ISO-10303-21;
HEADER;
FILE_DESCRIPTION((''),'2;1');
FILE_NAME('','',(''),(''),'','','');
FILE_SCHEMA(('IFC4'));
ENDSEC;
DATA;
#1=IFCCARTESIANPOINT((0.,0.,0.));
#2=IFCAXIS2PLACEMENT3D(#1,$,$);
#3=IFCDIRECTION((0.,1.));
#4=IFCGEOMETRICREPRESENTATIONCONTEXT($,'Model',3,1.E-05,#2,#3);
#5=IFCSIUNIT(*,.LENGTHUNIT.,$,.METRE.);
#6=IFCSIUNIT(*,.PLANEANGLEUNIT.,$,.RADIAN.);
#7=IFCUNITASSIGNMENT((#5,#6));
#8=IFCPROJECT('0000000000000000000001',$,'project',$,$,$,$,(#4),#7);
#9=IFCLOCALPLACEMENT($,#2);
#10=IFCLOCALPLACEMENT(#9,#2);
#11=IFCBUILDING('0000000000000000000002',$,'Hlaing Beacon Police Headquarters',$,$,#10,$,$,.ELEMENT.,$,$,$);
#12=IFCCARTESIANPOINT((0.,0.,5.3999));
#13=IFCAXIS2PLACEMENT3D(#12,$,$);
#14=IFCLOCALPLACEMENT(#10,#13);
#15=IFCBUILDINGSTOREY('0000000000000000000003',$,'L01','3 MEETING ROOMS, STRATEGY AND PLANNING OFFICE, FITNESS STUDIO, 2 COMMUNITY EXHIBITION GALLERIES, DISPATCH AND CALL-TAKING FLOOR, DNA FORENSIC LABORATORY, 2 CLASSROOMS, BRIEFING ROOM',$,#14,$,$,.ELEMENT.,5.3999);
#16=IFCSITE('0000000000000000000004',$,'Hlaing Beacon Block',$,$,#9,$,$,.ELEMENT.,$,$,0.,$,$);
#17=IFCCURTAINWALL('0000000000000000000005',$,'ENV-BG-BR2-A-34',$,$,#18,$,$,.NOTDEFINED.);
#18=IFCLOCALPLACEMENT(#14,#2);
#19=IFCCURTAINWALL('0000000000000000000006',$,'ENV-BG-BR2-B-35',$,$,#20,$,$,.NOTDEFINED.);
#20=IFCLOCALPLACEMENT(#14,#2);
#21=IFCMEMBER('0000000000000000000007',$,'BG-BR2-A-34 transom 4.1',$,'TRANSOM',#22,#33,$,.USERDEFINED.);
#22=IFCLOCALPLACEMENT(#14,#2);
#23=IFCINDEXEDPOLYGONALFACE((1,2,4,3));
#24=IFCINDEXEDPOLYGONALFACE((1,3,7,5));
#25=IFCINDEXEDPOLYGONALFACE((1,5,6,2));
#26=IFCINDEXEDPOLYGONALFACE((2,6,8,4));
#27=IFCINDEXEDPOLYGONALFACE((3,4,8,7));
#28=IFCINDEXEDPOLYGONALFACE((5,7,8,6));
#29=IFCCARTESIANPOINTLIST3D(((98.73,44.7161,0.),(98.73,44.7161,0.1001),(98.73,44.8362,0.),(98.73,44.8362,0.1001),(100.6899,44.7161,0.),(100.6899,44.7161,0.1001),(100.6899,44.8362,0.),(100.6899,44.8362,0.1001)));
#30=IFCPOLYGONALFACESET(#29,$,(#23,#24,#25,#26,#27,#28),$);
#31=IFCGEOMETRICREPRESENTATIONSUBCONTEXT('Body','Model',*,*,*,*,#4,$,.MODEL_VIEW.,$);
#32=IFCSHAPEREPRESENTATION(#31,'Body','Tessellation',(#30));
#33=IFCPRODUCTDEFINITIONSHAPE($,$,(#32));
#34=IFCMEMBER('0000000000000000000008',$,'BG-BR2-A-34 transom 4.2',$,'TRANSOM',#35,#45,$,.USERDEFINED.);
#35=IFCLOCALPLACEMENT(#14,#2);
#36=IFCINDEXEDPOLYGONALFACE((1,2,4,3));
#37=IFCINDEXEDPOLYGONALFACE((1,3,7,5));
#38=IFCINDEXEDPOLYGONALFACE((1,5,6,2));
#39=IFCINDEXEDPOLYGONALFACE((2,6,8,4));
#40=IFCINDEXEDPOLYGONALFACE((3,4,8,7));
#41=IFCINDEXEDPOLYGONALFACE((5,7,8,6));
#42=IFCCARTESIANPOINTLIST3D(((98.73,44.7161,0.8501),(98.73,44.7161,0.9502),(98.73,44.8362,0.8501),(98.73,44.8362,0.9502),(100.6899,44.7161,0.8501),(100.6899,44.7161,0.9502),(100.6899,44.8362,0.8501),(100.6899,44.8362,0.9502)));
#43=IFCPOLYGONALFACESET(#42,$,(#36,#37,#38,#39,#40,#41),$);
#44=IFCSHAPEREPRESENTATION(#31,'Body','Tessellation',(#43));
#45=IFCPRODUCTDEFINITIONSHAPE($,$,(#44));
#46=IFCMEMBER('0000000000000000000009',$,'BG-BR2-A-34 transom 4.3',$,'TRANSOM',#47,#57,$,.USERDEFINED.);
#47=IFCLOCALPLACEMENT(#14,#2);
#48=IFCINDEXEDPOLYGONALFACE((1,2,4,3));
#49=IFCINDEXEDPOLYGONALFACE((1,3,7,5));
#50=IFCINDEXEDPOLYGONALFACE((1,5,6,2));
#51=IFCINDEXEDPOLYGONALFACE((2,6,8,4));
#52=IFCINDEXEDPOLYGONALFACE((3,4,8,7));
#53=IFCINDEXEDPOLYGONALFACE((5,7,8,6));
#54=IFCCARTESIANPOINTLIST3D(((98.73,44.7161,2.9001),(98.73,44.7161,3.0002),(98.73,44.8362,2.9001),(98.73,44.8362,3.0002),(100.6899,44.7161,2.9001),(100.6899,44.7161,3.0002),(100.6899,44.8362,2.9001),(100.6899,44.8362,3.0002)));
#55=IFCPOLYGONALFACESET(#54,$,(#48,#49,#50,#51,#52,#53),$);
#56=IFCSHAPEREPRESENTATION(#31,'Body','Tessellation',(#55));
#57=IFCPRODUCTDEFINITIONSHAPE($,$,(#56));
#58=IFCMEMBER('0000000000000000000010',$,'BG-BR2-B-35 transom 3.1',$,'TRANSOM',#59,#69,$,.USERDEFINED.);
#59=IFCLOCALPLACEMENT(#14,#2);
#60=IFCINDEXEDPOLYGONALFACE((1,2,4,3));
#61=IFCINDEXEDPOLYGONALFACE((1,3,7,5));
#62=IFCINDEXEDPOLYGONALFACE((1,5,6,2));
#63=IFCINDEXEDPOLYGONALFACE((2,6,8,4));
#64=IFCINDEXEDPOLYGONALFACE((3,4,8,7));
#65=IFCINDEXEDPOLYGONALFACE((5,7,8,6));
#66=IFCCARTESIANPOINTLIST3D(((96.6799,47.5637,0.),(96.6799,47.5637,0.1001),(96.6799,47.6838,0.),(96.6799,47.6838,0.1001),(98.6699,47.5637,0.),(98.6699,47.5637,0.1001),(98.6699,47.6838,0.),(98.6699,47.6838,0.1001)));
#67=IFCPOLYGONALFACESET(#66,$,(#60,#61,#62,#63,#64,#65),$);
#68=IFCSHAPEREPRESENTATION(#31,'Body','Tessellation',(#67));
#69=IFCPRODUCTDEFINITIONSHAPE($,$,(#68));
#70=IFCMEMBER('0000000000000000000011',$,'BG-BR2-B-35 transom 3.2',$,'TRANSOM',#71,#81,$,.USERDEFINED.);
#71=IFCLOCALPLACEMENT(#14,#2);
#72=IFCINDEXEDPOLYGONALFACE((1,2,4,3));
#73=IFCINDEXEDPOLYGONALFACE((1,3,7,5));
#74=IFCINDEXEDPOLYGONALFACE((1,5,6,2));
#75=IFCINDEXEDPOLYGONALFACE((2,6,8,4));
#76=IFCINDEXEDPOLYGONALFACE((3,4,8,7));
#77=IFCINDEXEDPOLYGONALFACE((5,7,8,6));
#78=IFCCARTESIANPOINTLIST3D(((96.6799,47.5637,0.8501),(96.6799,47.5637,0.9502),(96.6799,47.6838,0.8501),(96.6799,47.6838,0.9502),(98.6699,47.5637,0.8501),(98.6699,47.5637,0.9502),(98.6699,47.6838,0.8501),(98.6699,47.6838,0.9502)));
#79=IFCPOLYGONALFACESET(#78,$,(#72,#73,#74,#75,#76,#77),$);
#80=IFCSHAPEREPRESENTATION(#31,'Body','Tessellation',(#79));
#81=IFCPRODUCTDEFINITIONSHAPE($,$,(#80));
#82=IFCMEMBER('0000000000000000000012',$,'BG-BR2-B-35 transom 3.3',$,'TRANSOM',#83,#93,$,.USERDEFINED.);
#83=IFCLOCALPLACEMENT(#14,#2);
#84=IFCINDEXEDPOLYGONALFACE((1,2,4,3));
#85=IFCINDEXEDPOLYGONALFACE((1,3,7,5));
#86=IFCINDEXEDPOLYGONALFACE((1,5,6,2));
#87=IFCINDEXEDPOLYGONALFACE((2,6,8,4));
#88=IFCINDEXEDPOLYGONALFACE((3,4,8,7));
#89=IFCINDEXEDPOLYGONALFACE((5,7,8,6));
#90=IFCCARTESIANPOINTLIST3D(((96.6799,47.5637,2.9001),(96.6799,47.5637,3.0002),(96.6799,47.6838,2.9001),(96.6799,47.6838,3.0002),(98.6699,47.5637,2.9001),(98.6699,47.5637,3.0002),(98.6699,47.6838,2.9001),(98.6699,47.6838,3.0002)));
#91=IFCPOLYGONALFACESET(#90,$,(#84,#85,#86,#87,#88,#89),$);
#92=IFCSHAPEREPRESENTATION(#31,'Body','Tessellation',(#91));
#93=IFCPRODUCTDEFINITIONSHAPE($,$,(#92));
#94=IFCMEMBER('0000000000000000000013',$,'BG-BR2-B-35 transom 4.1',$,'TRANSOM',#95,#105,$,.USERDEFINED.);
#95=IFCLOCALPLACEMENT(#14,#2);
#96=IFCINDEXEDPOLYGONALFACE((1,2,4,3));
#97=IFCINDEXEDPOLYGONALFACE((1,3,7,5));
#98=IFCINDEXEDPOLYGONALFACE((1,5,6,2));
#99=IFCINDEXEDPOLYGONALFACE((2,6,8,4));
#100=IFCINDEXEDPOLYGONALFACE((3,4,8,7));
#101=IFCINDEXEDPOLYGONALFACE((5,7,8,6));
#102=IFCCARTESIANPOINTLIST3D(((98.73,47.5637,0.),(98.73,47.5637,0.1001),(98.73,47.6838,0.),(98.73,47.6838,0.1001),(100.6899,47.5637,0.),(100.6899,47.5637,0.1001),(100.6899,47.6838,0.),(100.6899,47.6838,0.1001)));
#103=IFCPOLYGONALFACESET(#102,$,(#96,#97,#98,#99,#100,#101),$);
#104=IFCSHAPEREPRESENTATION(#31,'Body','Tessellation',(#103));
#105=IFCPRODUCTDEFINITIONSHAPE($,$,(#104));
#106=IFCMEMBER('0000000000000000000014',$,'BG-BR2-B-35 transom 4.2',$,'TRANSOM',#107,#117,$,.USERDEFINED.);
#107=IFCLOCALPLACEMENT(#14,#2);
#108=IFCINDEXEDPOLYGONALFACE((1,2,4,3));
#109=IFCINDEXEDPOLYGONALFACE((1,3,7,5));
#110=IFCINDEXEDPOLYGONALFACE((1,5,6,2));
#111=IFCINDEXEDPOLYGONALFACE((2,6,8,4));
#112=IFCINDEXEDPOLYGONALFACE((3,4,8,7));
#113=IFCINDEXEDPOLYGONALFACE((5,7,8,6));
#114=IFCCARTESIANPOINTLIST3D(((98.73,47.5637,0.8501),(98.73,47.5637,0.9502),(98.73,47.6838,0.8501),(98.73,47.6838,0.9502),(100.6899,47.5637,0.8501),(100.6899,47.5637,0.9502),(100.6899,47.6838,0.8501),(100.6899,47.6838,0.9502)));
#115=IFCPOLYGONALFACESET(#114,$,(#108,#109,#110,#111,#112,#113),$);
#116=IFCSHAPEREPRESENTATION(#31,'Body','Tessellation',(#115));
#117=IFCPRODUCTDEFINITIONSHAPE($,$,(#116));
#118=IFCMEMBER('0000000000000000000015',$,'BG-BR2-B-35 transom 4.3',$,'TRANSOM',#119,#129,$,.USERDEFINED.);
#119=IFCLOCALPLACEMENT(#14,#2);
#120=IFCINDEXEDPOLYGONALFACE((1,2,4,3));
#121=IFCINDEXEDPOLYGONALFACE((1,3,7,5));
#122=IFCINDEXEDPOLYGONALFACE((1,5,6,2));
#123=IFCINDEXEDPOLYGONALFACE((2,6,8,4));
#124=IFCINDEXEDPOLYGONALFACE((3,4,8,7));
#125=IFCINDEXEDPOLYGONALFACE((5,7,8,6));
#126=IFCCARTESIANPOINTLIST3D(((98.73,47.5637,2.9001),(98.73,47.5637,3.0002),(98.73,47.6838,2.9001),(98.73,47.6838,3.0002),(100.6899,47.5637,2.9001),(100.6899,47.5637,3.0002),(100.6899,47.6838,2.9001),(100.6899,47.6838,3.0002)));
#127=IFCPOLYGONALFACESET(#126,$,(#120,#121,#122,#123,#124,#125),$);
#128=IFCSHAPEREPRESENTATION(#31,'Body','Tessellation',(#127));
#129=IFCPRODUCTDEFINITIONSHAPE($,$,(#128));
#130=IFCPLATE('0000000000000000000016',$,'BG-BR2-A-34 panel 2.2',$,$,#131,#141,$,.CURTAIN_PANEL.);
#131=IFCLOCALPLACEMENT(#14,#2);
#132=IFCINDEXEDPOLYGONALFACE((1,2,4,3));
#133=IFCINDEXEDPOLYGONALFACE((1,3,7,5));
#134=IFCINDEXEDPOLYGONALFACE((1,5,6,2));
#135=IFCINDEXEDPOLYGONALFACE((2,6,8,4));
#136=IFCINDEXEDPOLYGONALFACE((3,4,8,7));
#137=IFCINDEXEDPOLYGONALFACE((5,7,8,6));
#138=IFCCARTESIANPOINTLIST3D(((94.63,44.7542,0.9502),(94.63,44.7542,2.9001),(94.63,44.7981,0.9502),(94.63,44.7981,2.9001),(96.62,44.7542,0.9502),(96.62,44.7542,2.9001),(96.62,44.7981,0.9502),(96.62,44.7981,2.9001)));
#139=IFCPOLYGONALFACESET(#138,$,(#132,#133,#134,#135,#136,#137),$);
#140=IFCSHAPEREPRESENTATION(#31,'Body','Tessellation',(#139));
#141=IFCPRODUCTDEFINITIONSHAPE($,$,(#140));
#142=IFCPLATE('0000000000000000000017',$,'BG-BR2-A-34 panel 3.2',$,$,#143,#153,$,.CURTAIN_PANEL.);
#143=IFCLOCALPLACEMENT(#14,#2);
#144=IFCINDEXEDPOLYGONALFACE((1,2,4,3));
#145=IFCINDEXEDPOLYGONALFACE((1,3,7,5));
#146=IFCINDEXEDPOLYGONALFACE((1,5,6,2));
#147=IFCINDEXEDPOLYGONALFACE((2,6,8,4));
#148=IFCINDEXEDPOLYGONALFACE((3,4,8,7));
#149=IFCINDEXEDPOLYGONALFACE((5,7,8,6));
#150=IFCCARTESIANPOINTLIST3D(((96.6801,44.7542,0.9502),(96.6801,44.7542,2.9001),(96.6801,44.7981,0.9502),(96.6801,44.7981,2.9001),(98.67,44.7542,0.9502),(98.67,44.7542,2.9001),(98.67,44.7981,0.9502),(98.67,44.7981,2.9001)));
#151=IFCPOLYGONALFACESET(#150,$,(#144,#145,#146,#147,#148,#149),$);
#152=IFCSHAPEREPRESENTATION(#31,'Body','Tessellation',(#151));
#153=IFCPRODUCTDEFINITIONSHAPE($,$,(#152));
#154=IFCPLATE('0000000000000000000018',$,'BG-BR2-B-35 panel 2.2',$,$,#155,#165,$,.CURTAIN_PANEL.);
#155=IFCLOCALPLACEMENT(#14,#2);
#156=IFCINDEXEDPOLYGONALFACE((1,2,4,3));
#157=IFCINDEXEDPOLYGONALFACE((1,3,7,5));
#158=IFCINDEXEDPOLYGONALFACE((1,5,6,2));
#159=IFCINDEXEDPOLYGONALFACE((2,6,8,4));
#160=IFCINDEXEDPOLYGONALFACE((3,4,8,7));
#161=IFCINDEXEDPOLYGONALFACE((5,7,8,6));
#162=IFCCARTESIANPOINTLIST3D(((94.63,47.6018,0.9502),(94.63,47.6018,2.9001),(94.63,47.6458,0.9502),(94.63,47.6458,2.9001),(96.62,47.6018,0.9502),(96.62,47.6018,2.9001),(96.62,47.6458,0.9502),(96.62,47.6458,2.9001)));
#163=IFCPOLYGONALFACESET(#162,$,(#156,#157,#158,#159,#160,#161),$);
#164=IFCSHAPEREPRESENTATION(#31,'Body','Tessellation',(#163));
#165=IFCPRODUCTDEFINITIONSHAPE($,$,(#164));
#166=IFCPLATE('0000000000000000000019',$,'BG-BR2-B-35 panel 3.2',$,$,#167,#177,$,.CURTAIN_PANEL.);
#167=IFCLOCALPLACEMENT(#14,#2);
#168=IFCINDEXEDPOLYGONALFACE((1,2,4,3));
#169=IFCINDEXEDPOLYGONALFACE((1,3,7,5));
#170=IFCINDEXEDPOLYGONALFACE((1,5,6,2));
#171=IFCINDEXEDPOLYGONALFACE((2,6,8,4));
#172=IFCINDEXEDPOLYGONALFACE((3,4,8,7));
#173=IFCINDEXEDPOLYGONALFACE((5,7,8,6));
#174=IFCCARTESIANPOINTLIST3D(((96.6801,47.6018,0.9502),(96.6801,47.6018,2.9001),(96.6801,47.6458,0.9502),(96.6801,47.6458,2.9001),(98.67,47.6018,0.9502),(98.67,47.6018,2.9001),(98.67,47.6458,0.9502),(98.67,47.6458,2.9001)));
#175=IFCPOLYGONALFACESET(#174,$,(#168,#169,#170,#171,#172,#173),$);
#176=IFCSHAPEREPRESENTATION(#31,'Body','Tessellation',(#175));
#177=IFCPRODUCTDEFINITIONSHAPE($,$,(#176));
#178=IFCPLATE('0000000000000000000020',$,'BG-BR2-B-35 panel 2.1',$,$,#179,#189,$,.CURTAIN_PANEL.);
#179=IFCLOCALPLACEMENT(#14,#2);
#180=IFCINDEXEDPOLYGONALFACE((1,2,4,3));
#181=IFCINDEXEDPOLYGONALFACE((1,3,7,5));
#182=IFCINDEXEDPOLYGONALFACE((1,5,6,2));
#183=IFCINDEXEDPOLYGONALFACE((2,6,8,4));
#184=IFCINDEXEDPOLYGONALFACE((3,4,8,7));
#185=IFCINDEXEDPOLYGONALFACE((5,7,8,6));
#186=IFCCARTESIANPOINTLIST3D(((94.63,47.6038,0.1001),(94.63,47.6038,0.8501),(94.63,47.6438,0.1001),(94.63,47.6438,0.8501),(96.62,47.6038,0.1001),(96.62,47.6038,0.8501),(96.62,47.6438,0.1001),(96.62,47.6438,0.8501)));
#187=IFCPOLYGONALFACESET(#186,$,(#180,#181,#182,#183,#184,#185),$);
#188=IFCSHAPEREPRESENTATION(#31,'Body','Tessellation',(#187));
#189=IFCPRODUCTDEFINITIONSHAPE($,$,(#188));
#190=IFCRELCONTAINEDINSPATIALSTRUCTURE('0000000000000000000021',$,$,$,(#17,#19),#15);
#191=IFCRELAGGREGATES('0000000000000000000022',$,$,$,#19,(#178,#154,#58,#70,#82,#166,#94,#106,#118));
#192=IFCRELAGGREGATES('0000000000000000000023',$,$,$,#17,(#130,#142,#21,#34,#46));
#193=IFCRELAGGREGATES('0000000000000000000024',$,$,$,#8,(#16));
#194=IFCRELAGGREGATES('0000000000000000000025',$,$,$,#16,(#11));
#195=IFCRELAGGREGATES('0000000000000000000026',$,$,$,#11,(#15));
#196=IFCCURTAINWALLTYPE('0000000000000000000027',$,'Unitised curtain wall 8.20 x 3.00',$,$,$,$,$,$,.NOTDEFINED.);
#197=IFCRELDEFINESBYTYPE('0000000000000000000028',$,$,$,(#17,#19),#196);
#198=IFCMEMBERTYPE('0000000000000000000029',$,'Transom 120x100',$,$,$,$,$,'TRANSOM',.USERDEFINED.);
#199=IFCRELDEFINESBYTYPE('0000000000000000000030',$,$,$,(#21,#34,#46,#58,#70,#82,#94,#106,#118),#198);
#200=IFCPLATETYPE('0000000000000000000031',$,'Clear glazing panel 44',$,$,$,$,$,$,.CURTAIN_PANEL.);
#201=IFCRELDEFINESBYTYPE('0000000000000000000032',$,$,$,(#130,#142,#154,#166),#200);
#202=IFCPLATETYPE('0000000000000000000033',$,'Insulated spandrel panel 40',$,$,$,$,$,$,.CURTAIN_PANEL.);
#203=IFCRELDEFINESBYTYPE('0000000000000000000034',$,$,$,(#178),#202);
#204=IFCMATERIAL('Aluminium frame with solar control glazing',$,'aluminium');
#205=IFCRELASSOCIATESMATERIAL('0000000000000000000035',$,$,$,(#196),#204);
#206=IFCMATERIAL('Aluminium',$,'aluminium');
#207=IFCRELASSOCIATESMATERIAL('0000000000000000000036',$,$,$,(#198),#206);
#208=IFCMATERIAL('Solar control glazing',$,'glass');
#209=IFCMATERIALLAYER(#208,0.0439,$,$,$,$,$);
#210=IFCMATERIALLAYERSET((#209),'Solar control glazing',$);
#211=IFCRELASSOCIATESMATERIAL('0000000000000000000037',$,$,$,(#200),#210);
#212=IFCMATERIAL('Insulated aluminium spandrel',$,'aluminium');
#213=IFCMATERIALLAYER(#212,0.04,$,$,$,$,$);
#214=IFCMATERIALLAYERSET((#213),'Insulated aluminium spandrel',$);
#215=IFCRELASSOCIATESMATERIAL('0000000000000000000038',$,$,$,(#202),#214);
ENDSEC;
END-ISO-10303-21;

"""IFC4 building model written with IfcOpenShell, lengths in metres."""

from ifc_helpers import new_model, si_unit, direction, frame, origin, origin_2d, place, context, subcontext, project, spatial, rectangle, extrude, material, layer, layer_set, material_profile, profile_set, type_object, element, aggregate, save


model = new_model("IFC4")

# Units and contexts
model_context = context("Model", 3, precision=1e-05, world=origin(), true_north=direction((0.0, 1.0)))
body_context = subcontext(model_context, "Body", "Model", "MODEL_VIEW")
ifc_project = project(units=[si_unit("LENGTHUNIT", "METRE"), si_unit("PLANEANGLEUNIT", "RADIAN")], contexts=[model_context])

# Site, building, storey
site_placement = place(None, origin())
site = spatial("IfcSite", under=ifc_project, at=site_placement, Name="Hlaing Beacon Block", CompositionType="ELEMENT", RefElevation=0.0)
building_placement = place(site_placement, origin())
building = spatial("IfcBuilding", under=site, at=building_placement, Name="Hlaing Beacon Police Headquarters", CompositionType="ELEMENT")
storey_placement = place(building_placement, frame((0.0, 0.0, 5.3999)))
storey = spatial("IfcBuildingStorey", under=building, at=storey_placement, Name="L01", Description="3 MEETING ROOMS, STRATEGY AND PLANNING OFFICE, FITNESS STUDIO, 2 COMMUNITY EXHIBITION GALLERIES, DISPATCH AND CALL-TAKING FLOOR, DNA FORENSIC LABORATORY, 2 CLASSROOMS, BRIEFING ROOM", CompositionType="ELEMENT", Elevation=5.3999)

# Curtain walls
ifc_material_1 = material(Name="Aluminium frame with solar control glazing", Category="aluminium")
curtain_wall_type = type_object("IfcCurtainWallType", Name="Unitised curtain wall 8.20 x 3.00", PredefinedType="NOTDEFINED", material=ifc_material_1)
curtain_wall_1_placement = place(storey_placement, origin())
curtain_wall_1 = element("IfcCurtainWall", 1, at=curtain_wall_1_placement, inside=storey, type_object=curtain_wall_type, Name="ENV-BG-BR2-A-34", PredefinedType="NOTDEFINED")
curtain_wall_2_placement = place(storey_placement, origin())
curtain_wall_2 = element("IfcCurtainWall", 2, at=curtain_wall_2_placement, inside=storey, type_object=curtain_wall_type, Name="ENV-BG-BR2-B-35", PredefinedType="NOTDEFINED")

# Members
ifc_material_2 = material(Name="Aluminium", Category="aluminium")
ifc_material_profile_1 = material_profile(ifc_material_2, rectangle(XDim=0.1201, YDim=0.1001, at=origin_2d()), Name="Transom 120x100")
ifc_profile_set_1 = profile_set([ifc_material_profile_1], Name="Aluminium")
member_type_1 = type_object("IfcMemberType", Name="Transom 120x100", ElementType="TRANSOM", PredefinedType="USERDEFINED", material=ifc_profile_set_1)
member_1_placement = place(storey_placement, frame((98.73, 44.7761, 0.05), z_axis=(1.0, 0.0, 0.0), x_axis=(0.0, 1.0, 0.0)))
member_1 = element("IfcMember", 3, at=member_1_placement, type_object=member_type_1, Name="BG-BR2-A-34 transom 4.1", ObjectType="TRANSOM", PredefinedType="USERDEFINED", context=body_context, shape_type="SweptSolid", body=[
    extrude(rectangle(XDim=0.1201, YDim=0.1001, at=origin_2d()), origin(), (0.0, 0.0, 1.0), 1.96),
])
member_2_placement = place(storey_placement, frame((98.73, 44.7761, 0.9001), z_axis=(1.0, 0.0, 0.0), x_axis=(0.0, 1.0, 0.0)))
member_2 = element("IfcMember", 4, at=member_2_placement, type_object=member_type_1, Name="BG-BR2-A-34 transom 4.2", ObjectType="TRANSOM", PredefinedType="USERDEFINED", context=body_context, shape_type="SweptSolid", body=[
    extrude(rectangle(XDim=0.1201, YDim=0.1001, at=origin_2d()), origin(), (0.0, 0.0, 1.0), 1.96),
])
member_3_placement = place(storey_placement, frame((98.73, 44.7761, 2.9502), z_axis=(1.0, 0.0, 0.0), x_axis=(0.0, 1.0, 0.0)))
member_3 = element("IfcMember", 5, at=member_3_placement, type_object=member_type_1, Name="BG-BR2-A-34 transom 4.3", ObjectType="TRANSOM", PredefinedType="USERDEFINED", context=body_context, shape_type="SweptSolid", body=[
    extrude(rectangle(XDim=0.1201, YDim=0.1001, at=origin_2d()), origin(), (0.0, 0.0, 1.0), 1.96),
])
member_4_placement = place(storey_placement, frame((96.6799, 47.6238, 0.05), z_axis=(1.0, 0.0, 0.0), x_axis=(0.0, 1.0, 0.0)))
member_4 = element("IfcMember", 6, at=member_4_placement, type_object=member_type_1, Name="BG-BR2-B-35 transom 3.1", ObjectType="TRANSOM", PredefinedType="USERDEFINED", context=body_context, shape_type="SweptSolid", body=[
    extrude(rectangle(XDim=0.1201, YDim=0.1001, at=origin_2d()), origin(), (0.0, 0.0, 1.0), 1.99),
])
member_5_placement = place(storey_placement, frame((96.6799, 47.6238, 0.9001), z_axis=(1.0, 0.0, 0.0), x_axis=(0.0, 1.0, 0.0)))
member_5 = element("IfcMember", 7, at=member_5_placement, type_object=member_type_1, Name="BG-BR2-B-35 transom 3.2", ObjectType="TRANSOM", PredefinedType="USERDEFINED", context=body_context, shape_type="SweptSolid", body=[
    extrude(rectangle(XDim=0.1201, YDim=0.1001, at=origin_2d()), origin(), (0.0, 0.0, 1.0), 1.99),
])
member_6_placement = place(storey_placement, frame((96.6799, 47.6238, 2.9502), z_axis=(1.0, 0.0, 0.0), x_axis=(0.0, 1.0, 0.0)))
member_6 = element("IfcMember", 8, at=member_6_placement, type_object=member_type_1, Name="BG-BR2-B-35 transom 3.3", ObjectType="TRANSOM", PredefinedType="USERDEFINED", context=body_context, shape_type="SweptSolid", body=[
    extrude(rectangle(XDim=0.1201, YDim=0.1001, at=origin_2d()), origin(), (0.0, 0.0, 1.0), 1.99),
])
member_7_placement = place(storey_placement, frame((98.73, 47.6238, 0.05), z_axis=(1.0, 0.0, 0.0), x_axis=(0.0, 1.0, 0.0)))
member_7 = element("IfcMember", 9, at=member_7_placement, type_object=member_type_1, Name="BG-BR2-B-35 transom 4.1", ObjectType="TRANSOM", PredefinedType="USERDEFINED", context=body_context, shape_type="SweptSolid", body=[
    extrude(rectangle(XDim=0.1201, YDim=0.1001, at=origin_2d()), origin(), (0.0, 0.0, 1.0), 1.96),
])
member_8_placement = place(storey_placement, frame((98.73, 47.6238, 0.9001), z_axis=(1.0, 0.0, 0.0), x_axis=(0.0, 1.0, 0.0)))
member_8 = element("IfcMember", 10, at=member_8_placement, type_object=member_type_1, Name="BG-BR2-B-35 transom 4.2", ObjectType="TRANSOM", PredefinedType="USERDEFINED", context=body_context, shape_type="SweptSolid", body=[
    extrude(rectangle(XDim=0.1201, YDim=0.1001, at=origin_2d()), origin(), (0.0, 0.0, 1.0), 1.96),
])
member_9_placement = place(storey_placement, frame((98.73, 47.6238, 2.9502), z_axis=(1.0, 0.0, 0.0), x_axis=(0.0, 1.0, 0.0)))
member_9 = element("IfcMember", 11, at=member_9_placement, type_object=member_type_1, Name="BG-BR2-B-35 transom 4.3", ObjectType="TRANSOM", PredefinedType="USERDEFINED", context=body_context, shape_type="SweptSolid", body=[
    extrude(rectangle(XDim=0.1201, YDim=0.1001, at=origin_2d()), origin(), (0.0, 0.0, 1.0), 1.96),
])

# Plates
ifc_material_3 = material(Name="Solar control glazing", Category="glass")
ifc_layer_1 = layer(ifc_material_3, 0.0439)
ifc_layer_set_1 = layer_set([ifc_layer_1], Name="Solar control glazing")
plate_type_1 = type_object("IfcPlateType", Name="Clear glazing panel 44", PredefinedType="CURTAIN_PANEL", material=ifc_layer_set_1)
plate_1_placement = place(storey_placement, frame((95.625, 44.7761, 0.9502), z_axis=(0.0, 0.0, 1.0), x_axis=(1.0, 0.0, 0.0)))
plate_1 = element("IfcPlate", 12, at=plate_1_placement, type_object=plate_type_1, Name="BG-BR2-A-34 panel 2.2", PredefinedType="CURTAIN_PANEL", context=body_context, shape_type="SweptSolid", body=[
    extrude(rectangle(XDim=1.99, YDim=0.0439, at=origin_2d()), origin(), (0.0, 0.0, 1.0), 1.95),
])
plate_2_placement = place(storey_placement, frame((97.675, 44.7761, 0.9502), z_axis=(0.0, 0.0, 1.0), x_axis=(1.0, 0.0, 0.0)))
plate_2 = element("IfcPlate", 13, at=plate_2_placement, type_object=plate_type_1, Name="BG-BR2-A-34 panel 3.2", PredefinedType="CURTAIN_PANEL", context=body_context, shape_type="SweptSolid", body=[
    extrude(rectangle(XDim=1.99, YDim=0.0439, at=origin_2d()), origin(), (0.0, 0.0, 1.0), 1.95),
])
plate_3_placement = place(storey_placement, frame((95.625, 47.6238, 0.9502), z_axis=(0.0, 0.0, 1.0), x_axis=(1.0, 0.0, 0.0)))
plate_3 = element("IfcPlate", 14, at=plate_3_placement, type_object=plate_type_1, Name="BG-BR2-B-35 panel 2.2", PredefinedType="CURTAIN_PANEL", context=body_context, shape_type="SweptSolid", body=[
    extrude(rectangle(XDim=1.99, YDim=0.0439, at=origin_2d()), origin(), (0.0, 0.0, 1.0), 1.95),
])
plate_4_placement = place(storey_placement, frame((97.675, 47.6238, 0.9502), z_axis=(0.0, 0.0, 1.0), x_axis=(1.0, 0.0, 0.0)))
plate_4 = element("IfcPlate", 15, at=plate_4_placement, type_object=plate_type_1, Name="BG-BR2-B-35 panel 3.2", PredefinedType="CURTAIN_PANEL", context=body_context, shape_type="SweptSolid", body=[
    extrude(rectangle(XDim=1.99, YDim=0.0439, at=origin_2d()), origin(), (0.0, 0.0, 1.0), 1.95),
])
ifc_material_4 = material(Name="Insulated aluminium spandrel", Category="aluminium")
ifc_layer_2 = layer(ifc_material_4, 0.04)
ifc_layer_set_2 = layer_set([ifc_layer_2], Name="Insulated aluminium spandrel")
plate_type_2 = type_object("IfcPlateType", Name="Insulated spandrel panel 40", PredefinedType="CURTAIN_PANEL", material=ifc_layer_set_2)
plate_5_placement = place(storey_placement, frame((95.625, 47.6238, 0.1001), z_axis=(0.0, 0.0, 1.0), x_axis=(1.0, 0.0, 0.0)))
plate_5 = element("IfcPlate", 16, at=plate_5_placement, type_object=plate_type_2, Name="BG-BR2-B-35 panel 2.1", PredefinedType="CURTAIN_PANEL", context=body_context, shape_type="SweptSolid", body=[
    extrude(rectangle(XDim=1.99, YDim=0.04, at=origin_2d()), origin(), (0.0, 0.0, 1.0), 0.75),
])
aggregate(curtain_wall_2, [plate_5, plate_3, member_4, member_5, member_6, plate_4, member_7, member_8, member_9])
aggregate(curtain_wall_1, [plate_1, plate_2, member_1, member_2, member_3])

save(model, "model.ifc")
